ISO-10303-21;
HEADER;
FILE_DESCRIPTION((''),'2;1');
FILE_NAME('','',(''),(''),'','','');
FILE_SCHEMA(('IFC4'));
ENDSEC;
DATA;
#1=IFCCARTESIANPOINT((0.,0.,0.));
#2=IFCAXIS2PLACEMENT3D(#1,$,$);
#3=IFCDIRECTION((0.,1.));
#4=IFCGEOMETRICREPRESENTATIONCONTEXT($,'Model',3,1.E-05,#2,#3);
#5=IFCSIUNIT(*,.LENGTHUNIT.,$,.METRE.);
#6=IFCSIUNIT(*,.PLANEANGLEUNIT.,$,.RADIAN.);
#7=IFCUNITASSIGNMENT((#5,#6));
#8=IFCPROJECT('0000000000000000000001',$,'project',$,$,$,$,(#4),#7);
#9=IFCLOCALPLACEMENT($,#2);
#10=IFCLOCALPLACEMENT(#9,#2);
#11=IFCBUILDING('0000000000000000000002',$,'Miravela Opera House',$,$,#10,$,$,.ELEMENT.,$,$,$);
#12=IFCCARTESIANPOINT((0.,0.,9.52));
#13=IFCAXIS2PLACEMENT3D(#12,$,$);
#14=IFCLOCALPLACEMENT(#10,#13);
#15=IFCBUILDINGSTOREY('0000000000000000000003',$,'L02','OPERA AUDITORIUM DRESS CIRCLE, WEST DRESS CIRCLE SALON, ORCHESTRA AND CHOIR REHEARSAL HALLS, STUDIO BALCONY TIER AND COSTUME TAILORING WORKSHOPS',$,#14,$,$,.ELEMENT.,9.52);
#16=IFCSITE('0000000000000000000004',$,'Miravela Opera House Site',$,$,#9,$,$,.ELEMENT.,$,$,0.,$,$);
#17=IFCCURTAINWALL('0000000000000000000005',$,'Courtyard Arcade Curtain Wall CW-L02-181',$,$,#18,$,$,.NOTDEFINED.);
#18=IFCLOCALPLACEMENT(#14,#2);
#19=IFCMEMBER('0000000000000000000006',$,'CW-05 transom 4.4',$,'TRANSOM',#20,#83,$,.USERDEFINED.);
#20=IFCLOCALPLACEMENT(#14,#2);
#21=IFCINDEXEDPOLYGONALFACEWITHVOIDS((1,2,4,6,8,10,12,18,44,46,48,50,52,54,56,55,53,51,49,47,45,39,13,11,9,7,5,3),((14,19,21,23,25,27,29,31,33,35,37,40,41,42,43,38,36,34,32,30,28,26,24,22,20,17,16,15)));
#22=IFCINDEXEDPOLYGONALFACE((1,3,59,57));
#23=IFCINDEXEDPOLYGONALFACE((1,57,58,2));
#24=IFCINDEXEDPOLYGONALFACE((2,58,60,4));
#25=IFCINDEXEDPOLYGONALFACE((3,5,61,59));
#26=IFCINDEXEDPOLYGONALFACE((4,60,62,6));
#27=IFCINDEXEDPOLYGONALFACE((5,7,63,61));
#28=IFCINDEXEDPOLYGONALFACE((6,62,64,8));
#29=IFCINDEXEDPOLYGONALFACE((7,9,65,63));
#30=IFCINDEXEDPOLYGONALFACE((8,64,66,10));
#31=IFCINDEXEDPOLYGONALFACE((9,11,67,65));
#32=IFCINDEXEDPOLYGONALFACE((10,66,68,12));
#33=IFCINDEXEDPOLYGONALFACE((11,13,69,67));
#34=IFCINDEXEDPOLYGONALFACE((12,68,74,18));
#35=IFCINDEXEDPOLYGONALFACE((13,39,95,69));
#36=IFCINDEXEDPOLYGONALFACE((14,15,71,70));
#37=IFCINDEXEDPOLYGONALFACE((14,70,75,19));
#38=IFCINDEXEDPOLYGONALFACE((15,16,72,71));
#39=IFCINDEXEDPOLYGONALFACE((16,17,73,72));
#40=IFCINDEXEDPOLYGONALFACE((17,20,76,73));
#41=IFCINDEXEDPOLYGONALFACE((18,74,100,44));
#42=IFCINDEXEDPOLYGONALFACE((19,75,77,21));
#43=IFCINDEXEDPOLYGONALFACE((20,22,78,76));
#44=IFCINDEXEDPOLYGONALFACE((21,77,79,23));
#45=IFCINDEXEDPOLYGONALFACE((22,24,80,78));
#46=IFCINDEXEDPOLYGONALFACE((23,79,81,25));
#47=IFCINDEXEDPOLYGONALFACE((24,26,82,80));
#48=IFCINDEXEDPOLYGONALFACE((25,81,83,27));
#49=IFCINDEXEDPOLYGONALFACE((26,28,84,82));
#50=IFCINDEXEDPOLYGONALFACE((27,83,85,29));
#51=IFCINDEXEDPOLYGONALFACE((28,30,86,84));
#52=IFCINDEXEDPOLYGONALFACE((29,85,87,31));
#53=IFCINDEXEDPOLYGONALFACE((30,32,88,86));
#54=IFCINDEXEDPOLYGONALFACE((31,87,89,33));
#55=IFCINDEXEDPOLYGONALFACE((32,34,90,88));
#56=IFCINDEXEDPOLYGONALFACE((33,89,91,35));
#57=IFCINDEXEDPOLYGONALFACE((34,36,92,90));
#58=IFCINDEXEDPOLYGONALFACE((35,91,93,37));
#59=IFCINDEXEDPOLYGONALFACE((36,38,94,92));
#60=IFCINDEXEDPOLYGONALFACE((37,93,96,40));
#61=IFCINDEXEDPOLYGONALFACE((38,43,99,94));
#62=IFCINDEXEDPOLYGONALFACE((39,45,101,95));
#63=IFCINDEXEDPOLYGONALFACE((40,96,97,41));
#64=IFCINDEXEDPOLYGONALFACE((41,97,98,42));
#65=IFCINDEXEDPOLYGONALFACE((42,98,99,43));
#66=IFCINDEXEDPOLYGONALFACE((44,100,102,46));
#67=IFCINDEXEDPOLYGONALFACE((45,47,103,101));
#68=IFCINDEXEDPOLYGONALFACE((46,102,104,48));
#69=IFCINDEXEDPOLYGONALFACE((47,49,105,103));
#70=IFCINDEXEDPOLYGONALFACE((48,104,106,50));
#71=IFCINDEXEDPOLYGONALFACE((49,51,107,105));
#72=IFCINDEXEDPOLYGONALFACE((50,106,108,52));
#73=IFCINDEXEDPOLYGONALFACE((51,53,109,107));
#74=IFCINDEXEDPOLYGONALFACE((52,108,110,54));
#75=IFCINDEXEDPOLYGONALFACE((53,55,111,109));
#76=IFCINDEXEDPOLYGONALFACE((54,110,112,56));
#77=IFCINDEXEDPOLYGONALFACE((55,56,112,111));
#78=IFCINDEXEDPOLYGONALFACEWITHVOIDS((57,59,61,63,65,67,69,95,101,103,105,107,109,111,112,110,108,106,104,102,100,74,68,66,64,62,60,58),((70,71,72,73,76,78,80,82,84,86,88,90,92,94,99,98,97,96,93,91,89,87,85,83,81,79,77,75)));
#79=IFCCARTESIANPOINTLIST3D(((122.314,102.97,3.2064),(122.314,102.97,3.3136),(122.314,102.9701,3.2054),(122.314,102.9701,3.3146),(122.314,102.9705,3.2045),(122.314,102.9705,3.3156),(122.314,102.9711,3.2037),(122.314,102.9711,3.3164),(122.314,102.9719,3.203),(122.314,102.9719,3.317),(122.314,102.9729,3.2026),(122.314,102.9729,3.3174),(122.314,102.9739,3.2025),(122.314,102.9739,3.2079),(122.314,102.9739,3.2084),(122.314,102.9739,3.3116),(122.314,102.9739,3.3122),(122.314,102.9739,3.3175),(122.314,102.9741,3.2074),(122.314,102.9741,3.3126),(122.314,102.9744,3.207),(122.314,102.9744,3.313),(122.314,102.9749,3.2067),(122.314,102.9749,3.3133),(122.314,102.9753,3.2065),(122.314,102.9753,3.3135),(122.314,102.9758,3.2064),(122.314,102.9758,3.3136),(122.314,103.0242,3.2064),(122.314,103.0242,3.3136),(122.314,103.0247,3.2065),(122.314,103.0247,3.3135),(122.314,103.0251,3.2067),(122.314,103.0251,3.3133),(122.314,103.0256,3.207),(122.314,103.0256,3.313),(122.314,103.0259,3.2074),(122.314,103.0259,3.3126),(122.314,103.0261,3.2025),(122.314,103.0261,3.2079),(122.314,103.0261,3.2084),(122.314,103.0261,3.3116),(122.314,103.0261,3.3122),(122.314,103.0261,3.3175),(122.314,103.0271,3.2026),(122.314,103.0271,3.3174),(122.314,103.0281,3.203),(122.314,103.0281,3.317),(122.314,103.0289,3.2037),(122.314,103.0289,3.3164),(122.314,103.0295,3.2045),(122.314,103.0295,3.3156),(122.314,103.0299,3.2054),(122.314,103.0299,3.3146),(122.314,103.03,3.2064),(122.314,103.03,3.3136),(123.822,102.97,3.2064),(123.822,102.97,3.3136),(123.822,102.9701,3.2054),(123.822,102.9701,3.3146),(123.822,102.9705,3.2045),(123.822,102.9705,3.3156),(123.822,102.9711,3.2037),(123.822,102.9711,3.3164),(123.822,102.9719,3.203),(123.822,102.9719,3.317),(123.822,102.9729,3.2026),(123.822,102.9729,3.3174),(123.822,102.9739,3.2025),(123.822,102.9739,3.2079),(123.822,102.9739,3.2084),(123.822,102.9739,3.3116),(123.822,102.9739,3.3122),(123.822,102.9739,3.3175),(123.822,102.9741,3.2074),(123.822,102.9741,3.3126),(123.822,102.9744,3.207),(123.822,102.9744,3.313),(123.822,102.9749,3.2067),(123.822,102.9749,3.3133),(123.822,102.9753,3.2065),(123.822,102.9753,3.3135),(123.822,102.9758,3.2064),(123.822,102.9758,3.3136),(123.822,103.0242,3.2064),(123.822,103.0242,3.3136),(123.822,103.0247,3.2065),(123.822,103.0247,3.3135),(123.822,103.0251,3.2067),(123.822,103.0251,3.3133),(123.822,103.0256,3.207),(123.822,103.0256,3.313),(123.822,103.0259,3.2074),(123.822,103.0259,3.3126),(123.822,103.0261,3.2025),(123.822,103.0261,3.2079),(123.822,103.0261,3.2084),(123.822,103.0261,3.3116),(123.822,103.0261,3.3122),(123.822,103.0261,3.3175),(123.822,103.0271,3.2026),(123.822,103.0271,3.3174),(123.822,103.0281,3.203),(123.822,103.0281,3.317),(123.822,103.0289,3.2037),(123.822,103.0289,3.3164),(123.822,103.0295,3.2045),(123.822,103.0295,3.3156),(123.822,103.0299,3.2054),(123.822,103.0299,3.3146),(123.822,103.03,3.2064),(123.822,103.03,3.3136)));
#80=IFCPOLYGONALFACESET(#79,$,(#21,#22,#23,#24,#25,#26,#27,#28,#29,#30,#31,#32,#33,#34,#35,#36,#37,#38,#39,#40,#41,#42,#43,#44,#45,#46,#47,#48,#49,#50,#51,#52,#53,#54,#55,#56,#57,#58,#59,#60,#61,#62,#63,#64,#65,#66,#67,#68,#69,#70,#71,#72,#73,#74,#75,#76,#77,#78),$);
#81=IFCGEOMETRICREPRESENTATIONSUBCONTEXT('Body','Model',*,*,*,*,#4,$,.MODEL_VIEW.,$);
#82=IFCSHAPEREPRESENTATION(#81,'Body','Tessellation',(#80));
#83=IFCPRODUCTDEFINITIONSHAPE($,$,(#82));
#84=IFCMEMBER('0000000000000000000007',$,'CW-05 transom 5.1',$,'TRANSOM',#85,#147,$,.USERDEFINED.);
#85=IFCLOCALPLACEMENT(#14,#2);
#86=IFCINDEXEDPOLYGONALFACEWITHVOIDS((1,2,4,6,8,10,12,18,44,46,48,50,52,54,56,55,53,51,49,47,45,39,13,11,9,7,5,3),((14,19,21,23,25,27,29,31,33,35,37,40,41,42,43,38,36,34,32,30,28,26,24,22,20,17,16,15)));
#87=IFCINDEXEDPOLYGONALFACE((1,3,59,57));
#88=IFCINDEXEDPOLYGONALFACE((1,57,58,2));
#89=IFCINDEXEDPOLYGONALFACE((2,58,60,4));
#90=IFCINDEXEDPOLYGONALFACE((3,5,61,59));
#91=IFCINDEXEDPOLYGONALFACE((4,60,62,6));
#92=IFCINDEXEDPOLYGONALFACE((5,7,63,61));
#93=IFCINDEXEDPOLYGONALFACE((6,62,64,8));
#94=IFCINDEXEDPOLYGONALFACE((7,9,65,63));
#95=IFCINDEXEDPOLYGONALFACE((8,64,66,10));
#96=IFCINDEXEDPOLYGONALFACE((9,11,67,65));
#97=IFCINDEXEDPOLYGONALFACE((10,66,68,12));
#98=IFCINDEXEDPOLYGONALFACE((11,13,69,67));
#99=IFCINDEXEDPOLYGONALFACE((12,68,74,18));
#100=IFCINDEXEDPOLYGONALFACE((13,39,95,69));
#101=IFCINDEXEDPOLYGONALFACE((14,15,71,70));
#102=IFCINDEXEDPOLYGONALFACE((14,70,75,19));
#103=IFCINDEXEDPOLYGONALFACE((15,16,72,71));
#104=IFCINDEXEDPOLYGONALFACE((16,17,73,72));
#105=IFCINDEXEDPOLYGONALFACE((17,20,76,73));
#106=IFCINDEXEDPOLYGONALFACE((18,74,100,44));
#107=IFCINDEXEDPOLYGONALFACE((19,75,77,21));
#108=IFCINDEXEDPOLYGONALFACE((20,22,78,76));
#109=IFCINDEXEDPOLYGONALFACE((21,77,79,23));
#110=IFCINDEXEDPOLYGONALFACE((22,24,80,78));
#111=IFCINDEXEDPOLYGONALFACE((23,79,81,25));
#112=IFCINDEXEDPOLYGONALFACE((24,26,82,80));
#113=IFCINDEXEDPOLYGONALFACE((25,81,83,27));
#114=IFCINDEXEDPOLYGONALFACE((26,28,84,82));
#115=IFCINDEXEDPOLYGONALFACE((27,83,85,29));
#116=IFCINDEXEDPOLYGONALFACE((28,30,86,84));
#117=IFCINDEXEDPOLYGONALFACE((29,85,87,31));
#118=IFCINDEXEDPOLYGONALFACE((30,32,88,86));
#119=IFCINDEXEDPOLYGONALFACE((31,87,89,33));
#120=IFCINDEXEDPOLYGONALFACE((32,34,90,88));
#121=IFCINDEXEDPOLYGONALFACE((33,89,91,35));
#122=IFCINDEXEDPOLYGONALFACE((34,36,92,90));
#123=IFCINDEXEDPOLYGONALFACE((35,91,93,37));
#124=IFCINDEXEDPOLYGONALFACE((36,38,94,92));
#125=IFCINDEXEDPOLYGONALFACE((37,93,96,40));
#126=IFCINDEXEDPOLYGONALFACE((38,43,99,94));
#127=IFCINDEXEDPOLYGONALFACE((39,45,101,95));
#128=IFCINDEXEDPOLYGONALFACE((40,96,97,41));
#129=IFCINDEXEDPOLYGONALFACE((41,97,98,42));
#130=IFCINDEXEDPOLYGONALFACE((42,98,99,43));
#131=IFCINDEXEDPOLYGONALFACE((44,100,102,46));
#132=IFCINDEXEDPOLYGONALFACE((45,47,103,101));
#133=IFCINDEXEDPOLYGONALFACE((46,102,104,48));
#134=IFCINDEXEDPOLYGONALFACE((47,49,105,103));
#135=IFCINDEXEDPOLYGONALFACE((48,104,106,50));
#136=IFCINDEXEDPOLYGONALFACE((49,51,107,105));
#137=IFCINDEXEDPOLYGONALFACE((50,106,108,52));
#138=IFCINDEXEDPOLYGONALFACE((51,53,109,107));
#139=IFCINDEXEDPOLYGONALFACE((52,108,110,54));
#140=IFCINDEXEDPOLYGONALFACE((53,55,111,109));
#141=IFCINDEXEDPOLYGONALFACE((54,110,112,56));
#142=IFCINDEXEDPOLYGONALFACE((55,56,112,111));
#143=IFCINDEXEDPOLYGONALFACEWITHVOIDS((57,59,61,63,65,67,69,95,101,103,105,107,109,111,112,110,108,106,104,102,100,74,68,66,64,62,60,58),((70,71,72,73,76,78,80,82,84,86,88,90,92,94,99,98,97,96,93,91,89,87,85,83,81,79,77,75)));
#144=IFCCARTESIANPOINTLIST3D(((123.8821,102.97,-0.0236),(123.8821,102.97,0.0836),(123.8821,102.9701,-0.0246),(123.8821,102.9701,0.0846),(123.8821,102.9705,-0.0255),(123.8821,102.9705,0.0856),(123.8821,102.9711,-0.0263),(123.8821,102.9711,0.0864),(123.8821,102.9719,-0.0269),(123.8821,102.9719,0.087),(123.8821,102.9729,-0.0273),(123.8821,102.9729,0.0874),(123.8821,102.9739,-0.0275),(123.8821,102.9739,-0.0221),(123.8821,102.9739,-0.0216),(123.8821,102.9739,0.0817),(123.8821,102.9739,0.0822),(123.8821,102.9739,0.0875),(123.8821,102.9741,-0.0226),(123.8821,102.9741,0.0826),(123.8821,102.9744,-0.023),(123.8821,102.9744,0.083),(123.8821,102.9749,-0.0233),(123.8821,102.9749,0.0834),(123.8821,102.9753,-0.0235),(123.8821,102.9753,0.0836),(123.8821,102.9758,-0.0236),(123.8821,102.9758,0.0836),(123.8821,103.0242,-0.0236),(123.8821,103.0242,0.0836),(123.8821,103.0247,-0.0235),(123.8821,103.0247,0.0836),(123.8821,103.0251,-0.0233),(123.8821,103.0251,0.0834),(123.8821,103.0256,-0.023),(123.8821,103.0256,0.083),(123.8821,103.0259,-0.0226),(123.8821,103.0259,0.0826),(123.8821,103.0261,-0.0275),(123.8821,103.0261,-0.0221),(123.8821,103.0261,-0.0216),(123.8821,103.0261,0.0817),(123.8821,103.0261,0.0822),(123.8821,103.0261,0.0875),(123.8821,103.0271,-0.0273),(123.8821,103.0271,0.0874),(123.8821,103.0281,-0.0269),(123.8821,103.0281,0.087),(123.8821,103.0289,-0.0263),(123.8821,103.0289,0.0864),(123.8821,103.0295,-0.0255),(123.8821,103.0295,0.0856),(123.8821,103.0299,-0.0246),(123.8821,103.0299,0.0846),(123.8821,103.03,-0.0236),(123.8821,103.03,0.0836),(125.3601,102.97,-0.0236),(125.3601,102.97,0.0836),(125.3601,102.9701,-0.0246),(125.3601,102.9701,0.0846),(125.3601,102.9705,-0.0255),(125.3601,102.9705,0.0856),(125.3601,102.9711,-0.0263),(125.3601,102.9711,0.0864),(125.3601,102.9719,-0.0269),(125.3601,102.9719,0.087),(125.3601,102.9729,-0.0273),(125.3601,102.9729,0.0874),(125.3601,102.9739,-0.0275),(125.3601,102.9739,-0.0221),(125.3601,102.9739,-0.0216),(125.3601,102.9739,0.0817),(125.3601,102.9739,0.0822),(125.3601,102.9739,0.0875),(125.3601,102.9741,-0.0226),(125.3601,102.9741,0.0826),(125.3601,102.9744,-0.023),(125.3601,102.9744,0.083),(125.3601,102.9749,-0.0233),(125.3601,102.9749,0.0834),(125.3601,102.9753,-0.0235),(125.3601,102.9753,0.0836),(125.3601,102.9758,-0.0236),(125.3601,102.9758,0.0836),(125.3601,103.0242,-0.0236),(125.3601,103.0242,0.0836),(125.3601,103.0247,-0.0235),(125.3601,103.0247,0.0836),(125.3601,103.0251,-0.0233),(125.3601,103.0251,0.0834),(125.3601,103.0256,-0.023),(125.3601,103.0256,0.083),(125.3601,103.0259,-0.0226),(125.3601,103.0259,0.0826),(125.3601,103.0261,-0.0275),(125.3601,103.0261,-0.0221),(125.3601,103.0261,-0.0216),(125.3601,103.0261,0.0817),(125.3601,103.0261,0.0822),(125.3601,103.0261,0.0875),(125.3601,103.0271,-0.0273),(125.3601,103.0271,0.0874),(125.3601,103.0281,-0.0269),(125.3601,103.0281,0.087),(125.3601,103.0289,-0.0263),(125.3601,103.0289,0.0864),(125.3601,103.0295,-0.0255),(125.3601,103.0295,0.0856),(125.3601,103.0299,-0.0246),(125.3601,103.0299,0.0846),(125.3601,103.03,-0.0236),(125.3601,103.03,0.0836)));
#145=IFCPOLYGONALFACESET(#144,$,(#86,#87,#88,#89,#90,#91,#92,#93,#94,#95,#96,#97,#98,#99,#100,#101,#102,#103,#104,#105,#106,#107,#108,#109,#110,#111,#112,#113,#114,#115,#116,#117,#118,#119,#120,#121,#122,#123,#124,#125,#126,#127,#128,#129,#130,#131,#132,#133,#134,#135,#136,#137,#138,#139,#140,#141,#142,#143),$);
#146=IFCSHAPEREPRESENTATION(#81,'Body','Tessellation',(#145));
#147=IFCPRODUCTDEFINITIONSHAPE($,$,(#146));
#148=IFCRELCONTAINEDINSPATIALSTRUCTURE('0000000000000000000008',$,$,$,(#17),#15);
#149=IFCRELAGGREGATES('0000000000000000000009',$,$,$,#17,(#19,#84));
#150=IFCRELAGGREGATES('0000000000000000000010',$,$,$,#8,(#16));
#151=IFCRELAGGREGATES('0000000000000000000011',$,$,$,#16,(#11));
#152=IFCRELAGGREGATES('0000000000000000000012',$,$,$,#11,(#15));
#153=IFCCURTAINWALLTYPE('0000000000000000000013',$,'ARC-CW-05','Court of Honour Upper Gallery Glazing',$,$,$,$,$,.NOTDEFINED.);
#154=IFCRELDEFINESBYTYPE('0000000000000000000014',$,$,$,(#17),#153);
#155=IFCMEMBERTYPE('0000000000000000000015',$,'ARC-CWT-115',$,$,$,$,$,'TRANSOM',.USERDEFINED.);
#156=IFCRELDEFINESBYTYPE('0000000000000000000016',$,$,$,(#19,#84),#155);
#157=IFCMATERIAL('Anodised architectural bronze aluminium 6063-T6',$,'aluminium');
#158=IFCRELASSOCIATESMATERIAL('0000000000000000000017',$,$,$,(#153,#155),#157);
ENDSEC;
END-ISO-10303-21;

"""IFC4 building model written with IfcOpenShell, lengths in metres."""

from ifc_helpers import new_model, si_unit, direction, frame, origin, origin_2d, place, context, subcontext, project, spatial, hollow_rectangle, extrude, material, material_profile, profile_set, type_object, element, aggregate, save


model = new_model("IFC4")

# Units and contexts
model_context = context("Model", 3, precision=1e-05, world=origin(), true_north=direction((0.0, 1.0)))
body_context = subcontext(model_context, "Body", "Model", "MODEL_VIEW")
ifc_project = project(units=[si_unit("LENGTHUNIT", "METRE"), si_unit("PLANEANGLEUNIT", "RADIAN")], contexts=[model_context])

# Site, building, storey
site_placement = place(None, origin())
site = spatial("IfcSite", under=ifc_project, at=site_placement, Name="Miravela Opera House Site", CompositionType="ELEMENT", RefElevation=0.0)
building_placement = place(site_placement, origin())
building = spatial("IfcBuilding", under=site, at=building_placement, Name="Miravela Opera House", CompositionType="ELEMENT")
storey_placement = place(building_placement, frame((0.0, 0.0, 9.52)))
storey = spatial("IfcBuildingStorey", under=building, at=storey_placement, Name="L02", Description="OPERA AUDITORIUM DRESS CIRCLE, WEST DRESS CIRCLE SALON, ORCHESTRA AND CHOIR REHEARSAL HALLS, STUDIO BALCONY TIER AND COSTUME TAILORING WORKSHOPS", CompositionType="ELEMENT", Elevation=9.52)

# Curtain wall, members
ifc_material_1 = material(Name="Anodised architectural bronze aluminium 6063-T6", Category="aluminium")
curtain_wall_type = type_object("IfcCurtainWallType", Name="ARC-CW-05", Description="Court of Honour Upper Gallery Glazing", PredefinedType="NOTDEFINED", material=ifc_material_1)
curtain_wall_placement = place(storey_placement, origin())
curtain_wall = element("IfcCurtainWall", 1, at=curtain_wall_placement, inside=storey, type_object=curtain_wall_type, Name="Courtyard Arcade Curtain Wall CW-L02-181", PredefinedType="NOTDEFINED")
ifc_material_profile_1 = material_profile(ifc_material_1, hollow_rectangle(XDim=0.0601, YDim=0.115, WallThickness=0.0039, InnerFilletRadius=0.002, OuterFilletRadius=0.0039, at=origin_2d()), Name="CWT-60X115")
ifc_profile_set_1 = profile_set([ifc_material_profile_1])
member_type_1 = type_object("IfcMemberType", Name="ARC-CWT-115", ElementType="TRANSOM", PredefinedType="USERDEFINED", material=ifc_profile_set_1)
member_1_placement = place(storey_placement, frame((122.314, 103.0, 3.26), z_axis=(1.0, 0.0, 0.0), x_axis=(0.0, 1.0, 0.0)))
member_1 = element("IfcMember", 2, at=member_1_placement, type_object=member_type_1, Name="CW-05 transom 4.4", ObjectType="TRANSOM", PredefinedType="USERDEFINED", context=body_context, shape_type="SweptSolid", body=[
    extrude(hollow_rectangle(XDim=0.0601, YDim=0.115, WallThickness=0.0039, InnerFilletRadius=0.002, OuterFilletRadius=0.0039, at=origin_2d()), origin(), (0.0, 0.0, 1.0), 1.5081),
])
member_2_placement = place(storey_placement, frame((123.8821, 103.0, 0.03), z_axis=(1.0, 0.0, 0.0), x_axis=(0.0, 1.0, 0.0)))
member_2 = element("IfcMember", 3, at=member_2_placement, type_object=member_type_1, Name="CW-05 transom 5.1", ObjectType="TRANSOM", PredefinedType="USERDEFINED", context=body_context, shape_type="SweptSolid", body=[
    extrude(hollow_rectangle(XDim=0.0601, YDim=0.115, WallThickness=0.0039, InnerFilletRadius=0.002, OuterFilletRadius=0.0039, at=origin_2d()), origin(), (0.0, 0.0, 1.0), 1.478),
])

aggregate(curtain_wall, [member_1, member_2])

save(model, "model.ifc")
